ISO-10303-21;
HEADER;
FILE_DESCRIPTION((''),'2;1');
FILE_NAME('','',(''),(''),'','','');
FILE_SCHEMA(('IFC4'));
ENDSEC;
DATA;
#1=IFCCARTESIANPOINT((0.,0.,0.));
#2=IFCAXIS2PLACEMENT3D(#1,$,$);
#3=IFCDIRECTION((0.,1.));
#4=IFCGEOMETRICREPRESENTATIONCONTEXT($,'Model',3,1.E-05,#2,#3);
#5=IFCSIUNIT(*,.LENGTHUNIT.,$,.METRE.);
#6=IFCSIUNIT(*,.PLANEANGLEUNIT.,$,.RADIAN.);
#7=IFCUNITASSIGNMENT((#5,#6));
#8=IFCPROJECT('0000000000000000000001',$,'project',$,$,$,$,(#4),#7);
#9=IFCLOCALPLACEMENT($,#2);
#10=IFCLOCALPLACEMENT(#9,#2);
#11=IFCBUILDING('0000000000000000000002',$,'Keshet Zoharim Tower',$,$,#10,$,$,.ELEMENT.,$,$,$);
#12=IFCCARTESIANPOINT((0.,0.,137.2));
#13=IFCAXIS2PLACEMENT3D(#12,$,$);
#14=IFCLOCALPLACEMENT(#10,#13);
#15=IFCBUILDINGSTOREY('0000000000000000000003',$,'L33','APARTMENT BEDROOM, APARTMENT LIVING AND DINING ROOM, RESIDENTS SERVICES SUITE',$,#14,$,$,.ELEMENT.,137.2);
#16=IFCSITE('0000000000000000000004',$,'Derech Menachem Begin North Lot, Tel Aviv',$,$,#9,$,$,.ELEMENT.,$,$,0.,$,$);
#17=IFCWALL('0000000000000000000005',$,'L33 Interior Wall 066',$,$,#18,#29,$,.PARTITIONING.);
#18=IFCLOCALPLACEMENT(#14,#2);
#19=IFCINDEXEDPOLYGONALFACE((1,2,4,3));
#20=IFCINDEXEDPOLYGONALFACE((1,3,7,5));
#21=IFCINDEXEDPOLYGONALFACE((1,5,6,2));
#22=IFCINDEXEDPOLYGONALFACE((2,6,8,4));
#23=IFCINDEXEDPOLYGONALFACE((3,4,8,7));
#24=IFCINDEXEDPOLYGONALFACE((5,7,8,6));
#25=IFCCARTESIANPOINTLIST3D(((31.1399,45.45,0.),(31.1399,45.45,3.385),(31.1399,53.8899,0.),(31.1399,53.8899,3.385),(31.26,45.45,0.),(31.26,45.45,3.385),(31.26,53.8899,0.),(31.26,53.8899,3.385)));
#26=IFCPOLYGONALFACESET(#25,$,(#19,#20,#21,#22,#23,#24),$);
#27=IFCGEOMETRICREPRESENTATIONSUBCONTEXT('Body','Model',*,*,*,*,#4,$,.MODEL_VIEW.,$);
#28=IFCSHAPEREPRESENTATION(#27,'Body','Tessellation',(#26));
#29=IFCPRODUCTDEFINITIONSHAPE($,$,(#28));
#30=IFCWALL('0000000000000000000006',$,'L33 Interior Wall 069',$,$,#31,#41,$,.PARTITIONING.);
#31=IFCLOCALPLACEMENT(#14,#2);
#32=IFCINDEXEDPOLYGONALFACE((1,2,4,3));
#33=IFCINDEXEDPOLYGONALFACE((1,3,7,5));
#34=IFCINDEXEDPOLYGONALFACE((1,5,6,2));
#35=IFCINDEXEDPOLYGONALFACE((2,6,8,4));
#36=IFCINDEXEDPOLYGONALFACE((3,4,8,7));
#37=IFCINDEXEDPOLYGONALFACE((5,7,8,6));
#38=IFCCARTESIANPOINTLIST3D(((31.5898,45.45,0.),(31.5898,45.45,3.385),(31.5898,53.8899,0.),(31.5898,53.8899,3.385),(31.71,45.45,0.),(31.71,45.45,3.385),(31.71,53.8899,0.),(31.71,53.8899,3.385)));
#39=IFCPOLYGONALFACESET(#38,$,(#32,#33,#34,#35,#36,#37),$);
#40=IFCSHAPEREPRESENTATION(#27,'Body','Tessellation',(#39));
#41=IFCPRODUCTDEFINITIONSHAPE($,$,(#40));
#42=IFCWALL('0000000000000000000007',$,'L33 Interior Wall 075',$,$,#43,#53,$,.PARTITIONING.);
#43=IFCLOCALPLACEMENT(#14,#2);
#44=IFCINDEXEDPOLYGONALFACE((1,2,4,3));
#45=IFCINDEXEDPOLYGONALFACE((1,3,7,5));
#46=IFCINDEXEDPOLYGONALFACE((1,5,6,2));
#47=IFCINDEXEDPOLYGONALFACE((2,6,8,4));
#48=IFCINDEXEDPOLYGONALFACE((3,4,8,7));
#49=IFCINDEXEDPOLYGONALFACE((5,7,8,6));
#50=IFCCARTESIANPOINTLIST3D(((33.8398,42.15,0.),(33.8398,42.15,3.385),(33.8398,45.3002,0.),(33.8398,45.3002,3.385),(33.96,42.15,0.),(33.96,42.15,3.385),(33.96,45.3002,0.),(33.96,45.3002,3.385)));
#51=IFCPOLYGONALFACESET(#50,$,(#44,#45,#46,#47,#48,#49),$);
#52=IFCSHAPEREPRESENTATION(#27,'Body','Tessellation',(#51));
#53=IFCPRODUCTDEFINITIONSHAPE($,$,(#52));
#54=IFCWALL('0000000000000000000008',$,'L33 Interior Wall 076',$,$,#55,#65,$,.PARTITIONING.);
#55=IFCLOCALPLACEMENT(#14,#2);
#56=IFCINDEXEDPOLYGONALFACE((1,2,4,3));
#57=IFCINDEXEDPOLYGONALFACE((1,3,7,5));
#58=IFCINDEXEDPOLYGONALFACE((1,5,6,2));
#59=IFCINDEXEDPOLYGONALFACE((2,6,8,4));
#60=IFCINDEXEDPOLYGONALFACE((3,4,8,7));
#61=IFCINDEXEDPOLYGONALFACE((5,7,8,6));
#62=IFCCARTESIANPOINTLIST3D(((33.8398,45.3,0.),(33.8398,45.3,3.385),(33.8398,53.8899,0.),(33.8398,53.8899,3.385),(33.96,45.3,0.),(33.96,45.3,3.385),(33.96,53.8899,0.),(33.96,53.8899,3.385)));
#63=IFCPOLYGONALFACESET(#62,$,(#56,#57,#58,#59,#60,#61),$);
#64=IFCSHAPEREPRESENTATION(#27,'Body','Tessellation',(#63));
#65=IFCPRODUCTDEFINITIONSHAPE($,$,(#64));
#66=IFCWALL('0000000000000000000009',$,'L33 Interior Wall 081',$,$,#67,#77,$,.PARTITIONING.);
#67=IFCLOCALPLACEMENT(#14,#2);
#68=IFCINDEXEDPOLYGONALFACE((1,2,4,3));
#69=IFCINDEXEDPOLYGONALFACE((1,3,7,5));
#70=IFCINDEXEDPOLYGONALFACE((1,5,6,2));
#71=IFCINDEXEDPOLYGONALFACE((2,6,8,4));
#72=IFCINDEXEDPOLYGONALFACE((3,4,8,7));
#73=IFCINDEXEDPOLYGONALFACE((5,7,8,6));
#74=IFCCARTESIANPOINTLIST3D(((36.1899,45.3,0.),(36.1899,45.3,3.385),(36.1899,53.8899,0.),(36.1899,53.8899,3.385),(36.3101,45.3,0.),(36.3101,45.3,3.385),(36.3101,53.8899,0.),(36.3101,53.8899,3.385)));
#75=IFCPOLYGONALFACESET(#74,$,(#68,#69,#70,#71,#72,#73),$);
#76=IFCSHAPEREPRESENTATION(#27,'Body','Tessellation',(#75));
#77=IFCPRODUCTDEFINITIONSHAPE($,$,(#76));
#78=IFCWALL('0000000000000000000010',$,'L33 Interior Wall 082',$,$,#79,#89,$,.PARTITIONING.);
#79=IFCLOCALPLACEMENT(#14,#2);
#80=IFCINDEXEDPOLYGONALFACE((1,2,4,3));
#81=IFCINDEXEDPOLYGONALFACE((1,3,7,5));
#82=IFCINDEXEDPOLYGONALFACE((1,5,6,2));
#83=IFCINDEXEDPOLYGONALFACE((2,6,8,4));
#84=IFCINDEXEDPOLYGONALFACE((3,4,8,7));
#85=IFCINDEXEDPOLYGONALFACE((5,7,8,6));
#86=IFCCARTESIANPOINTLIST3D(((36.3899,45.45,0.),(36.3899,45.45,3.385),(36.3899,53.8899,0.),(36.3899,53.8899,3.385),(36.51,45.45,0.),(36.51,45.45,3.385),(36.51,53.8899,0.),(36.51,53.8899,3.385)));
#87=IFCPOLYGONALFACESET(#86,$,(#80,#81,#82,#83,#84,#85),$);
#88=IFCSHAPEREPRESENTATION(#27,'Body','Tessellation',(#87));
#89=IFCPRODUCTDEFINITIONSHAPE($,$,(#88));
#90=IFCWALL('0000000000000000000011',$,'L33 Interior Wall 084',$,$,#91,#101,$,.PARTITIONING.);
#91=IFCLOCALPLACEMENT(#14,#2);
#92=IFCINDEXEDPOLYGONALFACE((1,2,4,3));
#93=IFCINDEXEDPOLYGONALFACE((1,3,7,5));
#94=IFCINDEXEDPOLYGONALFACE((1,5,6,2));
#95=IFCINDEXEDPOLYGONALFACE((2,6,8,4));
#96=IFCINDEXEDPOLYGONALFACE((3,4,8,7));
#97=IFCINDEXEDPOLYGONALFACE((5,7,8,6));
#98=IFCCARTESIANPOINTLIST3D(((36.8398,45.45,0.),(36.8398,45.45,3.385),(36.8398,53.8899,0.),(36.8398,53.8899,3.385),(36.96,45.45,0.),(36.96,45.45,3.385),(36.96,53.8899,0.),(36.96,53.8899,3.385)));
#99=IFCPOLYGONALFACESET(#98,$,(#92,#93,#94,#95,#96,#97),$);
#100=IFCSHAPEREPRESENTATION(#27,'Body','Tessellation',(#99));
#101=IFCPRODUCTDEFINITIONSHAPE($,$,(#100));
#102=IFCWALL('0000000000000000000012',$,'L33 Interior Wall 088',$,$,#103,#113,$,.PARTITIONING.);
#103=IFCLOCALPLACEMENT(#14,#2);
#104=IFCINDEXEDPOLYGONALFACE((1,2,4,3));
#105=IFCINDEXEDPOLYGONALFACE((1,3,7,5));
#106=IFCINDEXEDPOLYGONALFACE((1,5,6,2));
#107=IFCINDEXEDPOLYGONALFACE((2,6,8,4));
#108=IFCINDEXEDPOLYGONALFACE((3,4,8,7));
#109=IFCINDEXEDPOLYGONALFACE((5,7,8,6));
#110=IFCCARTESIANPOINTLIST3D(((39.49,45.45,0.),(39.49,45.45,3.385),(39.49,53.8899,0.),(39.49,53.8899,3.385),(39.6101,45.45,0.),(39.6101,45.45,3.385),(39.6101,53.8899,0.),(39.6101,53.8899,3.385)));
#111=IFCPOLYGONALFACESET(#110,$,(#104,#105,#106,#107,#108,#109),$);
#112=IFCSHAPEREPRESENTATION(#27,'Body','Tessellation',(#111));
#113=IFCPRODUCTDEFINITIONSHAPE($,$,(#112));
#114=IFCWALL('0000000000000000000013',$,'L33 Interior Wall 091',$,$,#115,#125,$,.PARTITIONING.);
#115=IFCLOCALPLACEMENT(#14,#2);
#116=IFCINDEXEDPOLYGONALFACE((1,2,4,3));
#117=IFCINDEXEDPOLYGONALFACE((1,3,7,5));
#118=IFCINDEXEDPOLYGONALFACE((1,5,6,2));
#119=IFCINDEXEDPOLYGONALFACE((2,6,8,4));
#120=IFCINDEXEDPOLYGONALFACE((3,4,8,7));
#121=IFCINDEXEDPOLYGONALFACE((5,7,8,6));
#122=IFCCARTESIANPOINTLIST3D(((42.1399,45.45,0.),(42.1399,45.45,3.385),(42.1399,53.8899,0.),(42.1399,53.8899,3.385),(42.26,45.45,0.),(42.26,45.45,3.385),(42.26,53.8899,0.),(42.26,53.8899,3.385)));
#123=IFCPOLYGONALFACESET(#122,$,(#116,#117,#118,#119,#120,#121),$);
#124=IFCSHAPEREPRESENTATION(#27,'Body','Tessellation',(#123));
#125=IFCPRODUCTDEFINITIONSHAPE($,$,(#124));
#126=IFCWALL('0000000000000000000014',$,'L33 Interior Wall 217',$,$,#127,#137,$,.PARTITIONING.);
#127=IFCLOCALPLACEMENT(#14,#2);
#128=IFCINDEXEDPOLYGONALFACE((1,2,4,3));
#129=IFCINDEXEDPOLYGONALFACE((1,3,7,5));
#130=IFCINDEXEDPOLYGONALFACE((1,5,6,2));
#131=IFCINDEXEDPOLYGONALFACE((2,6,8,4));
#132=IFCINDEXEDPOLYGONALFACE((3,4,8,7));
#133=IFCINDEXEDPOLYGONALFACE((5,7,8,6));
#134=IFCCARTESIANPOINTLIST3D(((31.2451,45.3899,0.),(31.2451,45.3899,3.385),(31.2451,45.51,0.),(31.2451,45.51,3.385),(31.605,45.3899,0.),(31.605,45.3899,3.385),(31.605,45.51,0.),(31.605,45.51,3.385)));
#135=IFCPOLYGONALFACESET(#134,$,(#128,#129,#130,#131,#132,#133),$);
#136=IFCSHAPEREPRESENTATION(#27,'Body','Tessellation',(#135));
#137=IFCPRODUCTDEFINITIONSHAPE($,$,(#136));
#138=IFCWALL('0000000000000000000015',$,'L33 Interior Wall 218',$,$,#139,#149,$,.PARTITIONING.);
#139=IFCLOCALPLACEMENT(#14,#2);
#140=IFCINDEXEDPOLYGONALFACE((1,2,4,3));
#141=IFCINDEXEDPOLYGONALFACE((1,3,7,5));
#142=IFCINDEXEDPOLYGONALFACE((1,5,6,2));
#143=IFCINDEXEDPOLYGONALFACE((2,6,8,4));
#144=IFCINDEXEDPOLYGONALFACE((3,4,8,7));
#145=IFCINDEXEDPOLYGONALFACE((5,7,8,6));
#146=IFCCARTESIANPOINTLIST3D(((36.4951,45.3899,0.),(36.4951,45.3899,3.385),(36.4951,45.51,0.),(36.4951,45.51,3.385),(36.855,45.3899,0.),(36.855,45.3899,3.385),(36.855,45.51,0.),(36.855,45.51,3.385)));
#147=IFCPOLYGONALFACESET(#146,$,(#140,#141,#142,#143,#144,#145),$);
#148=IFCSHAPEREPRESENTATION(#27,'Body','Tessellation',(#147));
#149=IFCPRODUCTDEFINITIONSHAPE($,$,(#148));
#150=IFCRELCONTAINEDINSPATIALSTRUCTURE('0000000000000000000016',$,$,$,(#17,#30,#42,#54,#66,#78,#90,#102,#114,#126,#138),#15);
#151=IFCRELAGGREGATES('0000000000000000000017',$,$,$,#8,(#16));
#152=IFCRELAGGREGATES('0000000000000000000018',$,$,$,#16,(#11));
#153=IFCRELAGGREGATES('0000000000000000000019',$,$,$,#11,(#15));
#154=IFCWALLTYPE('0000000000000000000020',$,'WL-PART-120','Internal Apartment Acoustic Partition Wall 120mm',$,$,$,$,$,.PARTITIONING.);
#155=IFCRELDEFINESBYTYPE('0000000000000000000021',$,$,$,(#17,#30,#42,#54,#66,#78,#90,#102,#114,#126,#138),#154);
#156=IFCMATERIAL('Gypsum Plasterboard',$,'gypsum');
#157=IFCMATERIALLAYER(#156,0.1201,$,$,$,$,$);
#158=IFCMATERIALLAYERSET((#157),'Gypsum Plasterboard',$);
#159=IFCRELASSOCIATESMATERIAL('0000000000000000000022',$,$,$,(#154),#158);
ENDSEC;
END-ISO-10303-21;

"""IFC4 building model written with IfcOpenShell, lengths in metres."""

from ifc_helpers import new_model, si_unit, direction, frame, frame_2d, origin, place, context, subcontext, project, spatial, rectangle, extrude, material, layer, layer_set, type_object, element, save


model = new_model("IFC4")

# Units and contexts
model_context = context("Model", 3, precision=1e-05, world=origin(), true_north=direction((0.0, 1.0)))
body_context = subcontext(model_context, "Body", "Model", "MODEL_VIEW")
ifc_project = project(units=[si_unit("LENGTHUNIT", "METRE"), si_unit("PLANEANGLEUNIT", "RADIAN")], contexts=[model_context])

# Site, building, storey
site_placement = place(None, origin())
site = spatial("IfcSite", under=ifc_project, at=site_placement, Name="Derech Menachem Begin North Lot, Tel Aviv", CompositionType="ELEMENT", RefElevation=0.0)
building_placement = place(site_placement, origin())
building = spatial("IfcBuilding", under=site, at=building_placement, Name="Keshet Zoharim Tower", CompositionType="ELEMENT")
storey_placement = place(building_placement, frame((0.0, 0.0, 137.2)))
storey = spatial("IfcBuildingStorey", under=building, at=storey_placement, Name="L33", Description="APARTMENT BEDROOM, APARTMENT LIVING AND DINING ROOM, RESIDENTS SERVICES SUITE", CompositionType="ELEMENT", Elevation=137.2)

# Walls
ifc_material_1 = material(Name="Gypsum Plasterboard", Category="gypsum")
ifc_layer_1 = layer(ifc_material_1, 0.1201)
ifc_layer_set_1 = layer_set([ifc_layer_1], Name="Gypsum Plasterboard")
wall_type_1 = type_object("IfcWallType", Name="WL-PART-120", Description="Internal Apartment Acoustic Partition Wall 120mm", PredefinedType="PARTITIONING", material=ifc_layer_set_1)
for number, where, z_axis, x_axis, name in (
    (1, (31.2, 45.45, 0.0), (0.0, 0.0, 1.0), (0.0, 1.0, 0.0), "L33 Interior Wall 066"),
    (2, (31.6499, 45.45, 0.0), (0.0, 0.0, 1.0), (0.0, 1.0, 0.0), "L33 Interior Wall 069"),
):
    element("IfcWall", number, at=place(storey_placement, frame(where, z_axis=z_axis, x_axis=x_axis)), inside=storey, type_object=wall_type_1, Name=name, PredefinedType="PARTITIONING", context=body_context, shape_type="SweptSolid", body=[
        extrude(rectangle(XDim=8.4399, YDim=0.1201, at=frame_2d((4.22, 0.0))), origin(), (0.0, 0.0, 1.0), 3.385),
    ])
wall_1_placement = place(storey_placement, frame((33.8999, 42.1499, 0.0), z_axis=(0.0, 0.0, 1.0), x_axis=(0.0, 1.0, 0.0)))
element("IfcWall", 3, at=wall_1_placement, inside=storey, type_object=wall_type_1, Name="L33 Interior Wall 075", PredefinedType="PARTITIONING", context=body_context, shape_type="SweptSolid", body=[
    extrude(rectangle(XDim=3.1501, YDim=0.1201, at=frame_2d((1.5752, 0.0))), origin(), (0.0, 0.0, 1.0), 3.385),
])
for number, where, z_axis, x_axis, name in (
    (4, (33.8999, 45.3, 0.0), (0.0, 0.0, 1.0), (0.0, 1.0, 0.0), "L33 Interior Wall 076"),
    (5, (36.25, 45.3, 0.0), (0.0, 0.0, 1.0), (0.0, 1.0, 0.0), "L33 Interior Wall 081"),
):
    element("IfcWall", number, at=place(storey_placement, frame(where, z_axis=z_axis, x_axis=x_axis)), inside=storey, type_object=wall_type_1, Name=name, PredefinedType="PARTITIONING", context=body_context, shape_type="SweptSolid", body=[
        extrude(rectangle(XDim=8.5898, YDim=0.1201, at=frame_2d((4.2949, 0.0))), origin(), (0.0, 0.0, 1.0), 3.385),
    ])
for number, where, z_axis, x_axis, name in (
    (6, (36.45, 45.45, 0.0), (0.0, 0.0, 1.0), (0.0, 1.0, 0.0), "L33 Interior Wall 082"),
    (7, (36.8999, 45.45, 0.0), (0.0, 0.0, 1.0), (0.0, 1.0, 0.0), "L33 Interior Wall 084"),
    (8, (39.55, 45.45, 0.0), (0.0, 0.0, 1.0), (0.0, 1.0, 0.0), "L33 Interior Wall 088"),
    (9, (42.2, 45.45, 0.0), (0.0, 0.0, 1.0), (0.0, 1.0, 0.0), "L33 Interior Wall 091"),
):
    element("IfcWall", number, at=place(storey_placement, frame(where, z_axis=z_axis, x_axis=x_axis)), inside=storey, type_object=wall_type_1, Name=name, PredefinedType="PARTITIONING", context=body_context, shape_type="SweptSolid", body=[
        extrude(rectangle(XDim=8.4399, YDim=0.1201, at=frame_2d((4.22, 0.0))), origin(), (0.0, 0.0, 1.0), 3.385),
    ])

# Walls
for number, where, z_axis, x_axis, name in (
    (10, (31.2451, 45.45, 0.0), (0.0, 0.0, 1.0), (1.0, 0.0, 0.0), "L33 Interior Wall 217"),
    (11, (36.4951, 45.45, 0.0), (0.0, 0.0, 1.0), (1.0, 0.0, 0.0), "L33 Interior Wall 218"),
):
    element("IfcWall", number, at=place(storey_placement, frame(where, z_axis=z_axis, x_axis=x_axis)), inside=storey, type_object=wall_type_1, Name=name, PredefinedType="PARTITIONING", context=body_context, shape_type="SweptSolid", body=[
        extrude(rectangle(XDim=0.3599, YDim=0.1201, at=frame_2d((0.1799, 0.0))), origin(), (0.0, 0.0, 1.0), 3.385),
    ])

save(model, "model.ifc")
